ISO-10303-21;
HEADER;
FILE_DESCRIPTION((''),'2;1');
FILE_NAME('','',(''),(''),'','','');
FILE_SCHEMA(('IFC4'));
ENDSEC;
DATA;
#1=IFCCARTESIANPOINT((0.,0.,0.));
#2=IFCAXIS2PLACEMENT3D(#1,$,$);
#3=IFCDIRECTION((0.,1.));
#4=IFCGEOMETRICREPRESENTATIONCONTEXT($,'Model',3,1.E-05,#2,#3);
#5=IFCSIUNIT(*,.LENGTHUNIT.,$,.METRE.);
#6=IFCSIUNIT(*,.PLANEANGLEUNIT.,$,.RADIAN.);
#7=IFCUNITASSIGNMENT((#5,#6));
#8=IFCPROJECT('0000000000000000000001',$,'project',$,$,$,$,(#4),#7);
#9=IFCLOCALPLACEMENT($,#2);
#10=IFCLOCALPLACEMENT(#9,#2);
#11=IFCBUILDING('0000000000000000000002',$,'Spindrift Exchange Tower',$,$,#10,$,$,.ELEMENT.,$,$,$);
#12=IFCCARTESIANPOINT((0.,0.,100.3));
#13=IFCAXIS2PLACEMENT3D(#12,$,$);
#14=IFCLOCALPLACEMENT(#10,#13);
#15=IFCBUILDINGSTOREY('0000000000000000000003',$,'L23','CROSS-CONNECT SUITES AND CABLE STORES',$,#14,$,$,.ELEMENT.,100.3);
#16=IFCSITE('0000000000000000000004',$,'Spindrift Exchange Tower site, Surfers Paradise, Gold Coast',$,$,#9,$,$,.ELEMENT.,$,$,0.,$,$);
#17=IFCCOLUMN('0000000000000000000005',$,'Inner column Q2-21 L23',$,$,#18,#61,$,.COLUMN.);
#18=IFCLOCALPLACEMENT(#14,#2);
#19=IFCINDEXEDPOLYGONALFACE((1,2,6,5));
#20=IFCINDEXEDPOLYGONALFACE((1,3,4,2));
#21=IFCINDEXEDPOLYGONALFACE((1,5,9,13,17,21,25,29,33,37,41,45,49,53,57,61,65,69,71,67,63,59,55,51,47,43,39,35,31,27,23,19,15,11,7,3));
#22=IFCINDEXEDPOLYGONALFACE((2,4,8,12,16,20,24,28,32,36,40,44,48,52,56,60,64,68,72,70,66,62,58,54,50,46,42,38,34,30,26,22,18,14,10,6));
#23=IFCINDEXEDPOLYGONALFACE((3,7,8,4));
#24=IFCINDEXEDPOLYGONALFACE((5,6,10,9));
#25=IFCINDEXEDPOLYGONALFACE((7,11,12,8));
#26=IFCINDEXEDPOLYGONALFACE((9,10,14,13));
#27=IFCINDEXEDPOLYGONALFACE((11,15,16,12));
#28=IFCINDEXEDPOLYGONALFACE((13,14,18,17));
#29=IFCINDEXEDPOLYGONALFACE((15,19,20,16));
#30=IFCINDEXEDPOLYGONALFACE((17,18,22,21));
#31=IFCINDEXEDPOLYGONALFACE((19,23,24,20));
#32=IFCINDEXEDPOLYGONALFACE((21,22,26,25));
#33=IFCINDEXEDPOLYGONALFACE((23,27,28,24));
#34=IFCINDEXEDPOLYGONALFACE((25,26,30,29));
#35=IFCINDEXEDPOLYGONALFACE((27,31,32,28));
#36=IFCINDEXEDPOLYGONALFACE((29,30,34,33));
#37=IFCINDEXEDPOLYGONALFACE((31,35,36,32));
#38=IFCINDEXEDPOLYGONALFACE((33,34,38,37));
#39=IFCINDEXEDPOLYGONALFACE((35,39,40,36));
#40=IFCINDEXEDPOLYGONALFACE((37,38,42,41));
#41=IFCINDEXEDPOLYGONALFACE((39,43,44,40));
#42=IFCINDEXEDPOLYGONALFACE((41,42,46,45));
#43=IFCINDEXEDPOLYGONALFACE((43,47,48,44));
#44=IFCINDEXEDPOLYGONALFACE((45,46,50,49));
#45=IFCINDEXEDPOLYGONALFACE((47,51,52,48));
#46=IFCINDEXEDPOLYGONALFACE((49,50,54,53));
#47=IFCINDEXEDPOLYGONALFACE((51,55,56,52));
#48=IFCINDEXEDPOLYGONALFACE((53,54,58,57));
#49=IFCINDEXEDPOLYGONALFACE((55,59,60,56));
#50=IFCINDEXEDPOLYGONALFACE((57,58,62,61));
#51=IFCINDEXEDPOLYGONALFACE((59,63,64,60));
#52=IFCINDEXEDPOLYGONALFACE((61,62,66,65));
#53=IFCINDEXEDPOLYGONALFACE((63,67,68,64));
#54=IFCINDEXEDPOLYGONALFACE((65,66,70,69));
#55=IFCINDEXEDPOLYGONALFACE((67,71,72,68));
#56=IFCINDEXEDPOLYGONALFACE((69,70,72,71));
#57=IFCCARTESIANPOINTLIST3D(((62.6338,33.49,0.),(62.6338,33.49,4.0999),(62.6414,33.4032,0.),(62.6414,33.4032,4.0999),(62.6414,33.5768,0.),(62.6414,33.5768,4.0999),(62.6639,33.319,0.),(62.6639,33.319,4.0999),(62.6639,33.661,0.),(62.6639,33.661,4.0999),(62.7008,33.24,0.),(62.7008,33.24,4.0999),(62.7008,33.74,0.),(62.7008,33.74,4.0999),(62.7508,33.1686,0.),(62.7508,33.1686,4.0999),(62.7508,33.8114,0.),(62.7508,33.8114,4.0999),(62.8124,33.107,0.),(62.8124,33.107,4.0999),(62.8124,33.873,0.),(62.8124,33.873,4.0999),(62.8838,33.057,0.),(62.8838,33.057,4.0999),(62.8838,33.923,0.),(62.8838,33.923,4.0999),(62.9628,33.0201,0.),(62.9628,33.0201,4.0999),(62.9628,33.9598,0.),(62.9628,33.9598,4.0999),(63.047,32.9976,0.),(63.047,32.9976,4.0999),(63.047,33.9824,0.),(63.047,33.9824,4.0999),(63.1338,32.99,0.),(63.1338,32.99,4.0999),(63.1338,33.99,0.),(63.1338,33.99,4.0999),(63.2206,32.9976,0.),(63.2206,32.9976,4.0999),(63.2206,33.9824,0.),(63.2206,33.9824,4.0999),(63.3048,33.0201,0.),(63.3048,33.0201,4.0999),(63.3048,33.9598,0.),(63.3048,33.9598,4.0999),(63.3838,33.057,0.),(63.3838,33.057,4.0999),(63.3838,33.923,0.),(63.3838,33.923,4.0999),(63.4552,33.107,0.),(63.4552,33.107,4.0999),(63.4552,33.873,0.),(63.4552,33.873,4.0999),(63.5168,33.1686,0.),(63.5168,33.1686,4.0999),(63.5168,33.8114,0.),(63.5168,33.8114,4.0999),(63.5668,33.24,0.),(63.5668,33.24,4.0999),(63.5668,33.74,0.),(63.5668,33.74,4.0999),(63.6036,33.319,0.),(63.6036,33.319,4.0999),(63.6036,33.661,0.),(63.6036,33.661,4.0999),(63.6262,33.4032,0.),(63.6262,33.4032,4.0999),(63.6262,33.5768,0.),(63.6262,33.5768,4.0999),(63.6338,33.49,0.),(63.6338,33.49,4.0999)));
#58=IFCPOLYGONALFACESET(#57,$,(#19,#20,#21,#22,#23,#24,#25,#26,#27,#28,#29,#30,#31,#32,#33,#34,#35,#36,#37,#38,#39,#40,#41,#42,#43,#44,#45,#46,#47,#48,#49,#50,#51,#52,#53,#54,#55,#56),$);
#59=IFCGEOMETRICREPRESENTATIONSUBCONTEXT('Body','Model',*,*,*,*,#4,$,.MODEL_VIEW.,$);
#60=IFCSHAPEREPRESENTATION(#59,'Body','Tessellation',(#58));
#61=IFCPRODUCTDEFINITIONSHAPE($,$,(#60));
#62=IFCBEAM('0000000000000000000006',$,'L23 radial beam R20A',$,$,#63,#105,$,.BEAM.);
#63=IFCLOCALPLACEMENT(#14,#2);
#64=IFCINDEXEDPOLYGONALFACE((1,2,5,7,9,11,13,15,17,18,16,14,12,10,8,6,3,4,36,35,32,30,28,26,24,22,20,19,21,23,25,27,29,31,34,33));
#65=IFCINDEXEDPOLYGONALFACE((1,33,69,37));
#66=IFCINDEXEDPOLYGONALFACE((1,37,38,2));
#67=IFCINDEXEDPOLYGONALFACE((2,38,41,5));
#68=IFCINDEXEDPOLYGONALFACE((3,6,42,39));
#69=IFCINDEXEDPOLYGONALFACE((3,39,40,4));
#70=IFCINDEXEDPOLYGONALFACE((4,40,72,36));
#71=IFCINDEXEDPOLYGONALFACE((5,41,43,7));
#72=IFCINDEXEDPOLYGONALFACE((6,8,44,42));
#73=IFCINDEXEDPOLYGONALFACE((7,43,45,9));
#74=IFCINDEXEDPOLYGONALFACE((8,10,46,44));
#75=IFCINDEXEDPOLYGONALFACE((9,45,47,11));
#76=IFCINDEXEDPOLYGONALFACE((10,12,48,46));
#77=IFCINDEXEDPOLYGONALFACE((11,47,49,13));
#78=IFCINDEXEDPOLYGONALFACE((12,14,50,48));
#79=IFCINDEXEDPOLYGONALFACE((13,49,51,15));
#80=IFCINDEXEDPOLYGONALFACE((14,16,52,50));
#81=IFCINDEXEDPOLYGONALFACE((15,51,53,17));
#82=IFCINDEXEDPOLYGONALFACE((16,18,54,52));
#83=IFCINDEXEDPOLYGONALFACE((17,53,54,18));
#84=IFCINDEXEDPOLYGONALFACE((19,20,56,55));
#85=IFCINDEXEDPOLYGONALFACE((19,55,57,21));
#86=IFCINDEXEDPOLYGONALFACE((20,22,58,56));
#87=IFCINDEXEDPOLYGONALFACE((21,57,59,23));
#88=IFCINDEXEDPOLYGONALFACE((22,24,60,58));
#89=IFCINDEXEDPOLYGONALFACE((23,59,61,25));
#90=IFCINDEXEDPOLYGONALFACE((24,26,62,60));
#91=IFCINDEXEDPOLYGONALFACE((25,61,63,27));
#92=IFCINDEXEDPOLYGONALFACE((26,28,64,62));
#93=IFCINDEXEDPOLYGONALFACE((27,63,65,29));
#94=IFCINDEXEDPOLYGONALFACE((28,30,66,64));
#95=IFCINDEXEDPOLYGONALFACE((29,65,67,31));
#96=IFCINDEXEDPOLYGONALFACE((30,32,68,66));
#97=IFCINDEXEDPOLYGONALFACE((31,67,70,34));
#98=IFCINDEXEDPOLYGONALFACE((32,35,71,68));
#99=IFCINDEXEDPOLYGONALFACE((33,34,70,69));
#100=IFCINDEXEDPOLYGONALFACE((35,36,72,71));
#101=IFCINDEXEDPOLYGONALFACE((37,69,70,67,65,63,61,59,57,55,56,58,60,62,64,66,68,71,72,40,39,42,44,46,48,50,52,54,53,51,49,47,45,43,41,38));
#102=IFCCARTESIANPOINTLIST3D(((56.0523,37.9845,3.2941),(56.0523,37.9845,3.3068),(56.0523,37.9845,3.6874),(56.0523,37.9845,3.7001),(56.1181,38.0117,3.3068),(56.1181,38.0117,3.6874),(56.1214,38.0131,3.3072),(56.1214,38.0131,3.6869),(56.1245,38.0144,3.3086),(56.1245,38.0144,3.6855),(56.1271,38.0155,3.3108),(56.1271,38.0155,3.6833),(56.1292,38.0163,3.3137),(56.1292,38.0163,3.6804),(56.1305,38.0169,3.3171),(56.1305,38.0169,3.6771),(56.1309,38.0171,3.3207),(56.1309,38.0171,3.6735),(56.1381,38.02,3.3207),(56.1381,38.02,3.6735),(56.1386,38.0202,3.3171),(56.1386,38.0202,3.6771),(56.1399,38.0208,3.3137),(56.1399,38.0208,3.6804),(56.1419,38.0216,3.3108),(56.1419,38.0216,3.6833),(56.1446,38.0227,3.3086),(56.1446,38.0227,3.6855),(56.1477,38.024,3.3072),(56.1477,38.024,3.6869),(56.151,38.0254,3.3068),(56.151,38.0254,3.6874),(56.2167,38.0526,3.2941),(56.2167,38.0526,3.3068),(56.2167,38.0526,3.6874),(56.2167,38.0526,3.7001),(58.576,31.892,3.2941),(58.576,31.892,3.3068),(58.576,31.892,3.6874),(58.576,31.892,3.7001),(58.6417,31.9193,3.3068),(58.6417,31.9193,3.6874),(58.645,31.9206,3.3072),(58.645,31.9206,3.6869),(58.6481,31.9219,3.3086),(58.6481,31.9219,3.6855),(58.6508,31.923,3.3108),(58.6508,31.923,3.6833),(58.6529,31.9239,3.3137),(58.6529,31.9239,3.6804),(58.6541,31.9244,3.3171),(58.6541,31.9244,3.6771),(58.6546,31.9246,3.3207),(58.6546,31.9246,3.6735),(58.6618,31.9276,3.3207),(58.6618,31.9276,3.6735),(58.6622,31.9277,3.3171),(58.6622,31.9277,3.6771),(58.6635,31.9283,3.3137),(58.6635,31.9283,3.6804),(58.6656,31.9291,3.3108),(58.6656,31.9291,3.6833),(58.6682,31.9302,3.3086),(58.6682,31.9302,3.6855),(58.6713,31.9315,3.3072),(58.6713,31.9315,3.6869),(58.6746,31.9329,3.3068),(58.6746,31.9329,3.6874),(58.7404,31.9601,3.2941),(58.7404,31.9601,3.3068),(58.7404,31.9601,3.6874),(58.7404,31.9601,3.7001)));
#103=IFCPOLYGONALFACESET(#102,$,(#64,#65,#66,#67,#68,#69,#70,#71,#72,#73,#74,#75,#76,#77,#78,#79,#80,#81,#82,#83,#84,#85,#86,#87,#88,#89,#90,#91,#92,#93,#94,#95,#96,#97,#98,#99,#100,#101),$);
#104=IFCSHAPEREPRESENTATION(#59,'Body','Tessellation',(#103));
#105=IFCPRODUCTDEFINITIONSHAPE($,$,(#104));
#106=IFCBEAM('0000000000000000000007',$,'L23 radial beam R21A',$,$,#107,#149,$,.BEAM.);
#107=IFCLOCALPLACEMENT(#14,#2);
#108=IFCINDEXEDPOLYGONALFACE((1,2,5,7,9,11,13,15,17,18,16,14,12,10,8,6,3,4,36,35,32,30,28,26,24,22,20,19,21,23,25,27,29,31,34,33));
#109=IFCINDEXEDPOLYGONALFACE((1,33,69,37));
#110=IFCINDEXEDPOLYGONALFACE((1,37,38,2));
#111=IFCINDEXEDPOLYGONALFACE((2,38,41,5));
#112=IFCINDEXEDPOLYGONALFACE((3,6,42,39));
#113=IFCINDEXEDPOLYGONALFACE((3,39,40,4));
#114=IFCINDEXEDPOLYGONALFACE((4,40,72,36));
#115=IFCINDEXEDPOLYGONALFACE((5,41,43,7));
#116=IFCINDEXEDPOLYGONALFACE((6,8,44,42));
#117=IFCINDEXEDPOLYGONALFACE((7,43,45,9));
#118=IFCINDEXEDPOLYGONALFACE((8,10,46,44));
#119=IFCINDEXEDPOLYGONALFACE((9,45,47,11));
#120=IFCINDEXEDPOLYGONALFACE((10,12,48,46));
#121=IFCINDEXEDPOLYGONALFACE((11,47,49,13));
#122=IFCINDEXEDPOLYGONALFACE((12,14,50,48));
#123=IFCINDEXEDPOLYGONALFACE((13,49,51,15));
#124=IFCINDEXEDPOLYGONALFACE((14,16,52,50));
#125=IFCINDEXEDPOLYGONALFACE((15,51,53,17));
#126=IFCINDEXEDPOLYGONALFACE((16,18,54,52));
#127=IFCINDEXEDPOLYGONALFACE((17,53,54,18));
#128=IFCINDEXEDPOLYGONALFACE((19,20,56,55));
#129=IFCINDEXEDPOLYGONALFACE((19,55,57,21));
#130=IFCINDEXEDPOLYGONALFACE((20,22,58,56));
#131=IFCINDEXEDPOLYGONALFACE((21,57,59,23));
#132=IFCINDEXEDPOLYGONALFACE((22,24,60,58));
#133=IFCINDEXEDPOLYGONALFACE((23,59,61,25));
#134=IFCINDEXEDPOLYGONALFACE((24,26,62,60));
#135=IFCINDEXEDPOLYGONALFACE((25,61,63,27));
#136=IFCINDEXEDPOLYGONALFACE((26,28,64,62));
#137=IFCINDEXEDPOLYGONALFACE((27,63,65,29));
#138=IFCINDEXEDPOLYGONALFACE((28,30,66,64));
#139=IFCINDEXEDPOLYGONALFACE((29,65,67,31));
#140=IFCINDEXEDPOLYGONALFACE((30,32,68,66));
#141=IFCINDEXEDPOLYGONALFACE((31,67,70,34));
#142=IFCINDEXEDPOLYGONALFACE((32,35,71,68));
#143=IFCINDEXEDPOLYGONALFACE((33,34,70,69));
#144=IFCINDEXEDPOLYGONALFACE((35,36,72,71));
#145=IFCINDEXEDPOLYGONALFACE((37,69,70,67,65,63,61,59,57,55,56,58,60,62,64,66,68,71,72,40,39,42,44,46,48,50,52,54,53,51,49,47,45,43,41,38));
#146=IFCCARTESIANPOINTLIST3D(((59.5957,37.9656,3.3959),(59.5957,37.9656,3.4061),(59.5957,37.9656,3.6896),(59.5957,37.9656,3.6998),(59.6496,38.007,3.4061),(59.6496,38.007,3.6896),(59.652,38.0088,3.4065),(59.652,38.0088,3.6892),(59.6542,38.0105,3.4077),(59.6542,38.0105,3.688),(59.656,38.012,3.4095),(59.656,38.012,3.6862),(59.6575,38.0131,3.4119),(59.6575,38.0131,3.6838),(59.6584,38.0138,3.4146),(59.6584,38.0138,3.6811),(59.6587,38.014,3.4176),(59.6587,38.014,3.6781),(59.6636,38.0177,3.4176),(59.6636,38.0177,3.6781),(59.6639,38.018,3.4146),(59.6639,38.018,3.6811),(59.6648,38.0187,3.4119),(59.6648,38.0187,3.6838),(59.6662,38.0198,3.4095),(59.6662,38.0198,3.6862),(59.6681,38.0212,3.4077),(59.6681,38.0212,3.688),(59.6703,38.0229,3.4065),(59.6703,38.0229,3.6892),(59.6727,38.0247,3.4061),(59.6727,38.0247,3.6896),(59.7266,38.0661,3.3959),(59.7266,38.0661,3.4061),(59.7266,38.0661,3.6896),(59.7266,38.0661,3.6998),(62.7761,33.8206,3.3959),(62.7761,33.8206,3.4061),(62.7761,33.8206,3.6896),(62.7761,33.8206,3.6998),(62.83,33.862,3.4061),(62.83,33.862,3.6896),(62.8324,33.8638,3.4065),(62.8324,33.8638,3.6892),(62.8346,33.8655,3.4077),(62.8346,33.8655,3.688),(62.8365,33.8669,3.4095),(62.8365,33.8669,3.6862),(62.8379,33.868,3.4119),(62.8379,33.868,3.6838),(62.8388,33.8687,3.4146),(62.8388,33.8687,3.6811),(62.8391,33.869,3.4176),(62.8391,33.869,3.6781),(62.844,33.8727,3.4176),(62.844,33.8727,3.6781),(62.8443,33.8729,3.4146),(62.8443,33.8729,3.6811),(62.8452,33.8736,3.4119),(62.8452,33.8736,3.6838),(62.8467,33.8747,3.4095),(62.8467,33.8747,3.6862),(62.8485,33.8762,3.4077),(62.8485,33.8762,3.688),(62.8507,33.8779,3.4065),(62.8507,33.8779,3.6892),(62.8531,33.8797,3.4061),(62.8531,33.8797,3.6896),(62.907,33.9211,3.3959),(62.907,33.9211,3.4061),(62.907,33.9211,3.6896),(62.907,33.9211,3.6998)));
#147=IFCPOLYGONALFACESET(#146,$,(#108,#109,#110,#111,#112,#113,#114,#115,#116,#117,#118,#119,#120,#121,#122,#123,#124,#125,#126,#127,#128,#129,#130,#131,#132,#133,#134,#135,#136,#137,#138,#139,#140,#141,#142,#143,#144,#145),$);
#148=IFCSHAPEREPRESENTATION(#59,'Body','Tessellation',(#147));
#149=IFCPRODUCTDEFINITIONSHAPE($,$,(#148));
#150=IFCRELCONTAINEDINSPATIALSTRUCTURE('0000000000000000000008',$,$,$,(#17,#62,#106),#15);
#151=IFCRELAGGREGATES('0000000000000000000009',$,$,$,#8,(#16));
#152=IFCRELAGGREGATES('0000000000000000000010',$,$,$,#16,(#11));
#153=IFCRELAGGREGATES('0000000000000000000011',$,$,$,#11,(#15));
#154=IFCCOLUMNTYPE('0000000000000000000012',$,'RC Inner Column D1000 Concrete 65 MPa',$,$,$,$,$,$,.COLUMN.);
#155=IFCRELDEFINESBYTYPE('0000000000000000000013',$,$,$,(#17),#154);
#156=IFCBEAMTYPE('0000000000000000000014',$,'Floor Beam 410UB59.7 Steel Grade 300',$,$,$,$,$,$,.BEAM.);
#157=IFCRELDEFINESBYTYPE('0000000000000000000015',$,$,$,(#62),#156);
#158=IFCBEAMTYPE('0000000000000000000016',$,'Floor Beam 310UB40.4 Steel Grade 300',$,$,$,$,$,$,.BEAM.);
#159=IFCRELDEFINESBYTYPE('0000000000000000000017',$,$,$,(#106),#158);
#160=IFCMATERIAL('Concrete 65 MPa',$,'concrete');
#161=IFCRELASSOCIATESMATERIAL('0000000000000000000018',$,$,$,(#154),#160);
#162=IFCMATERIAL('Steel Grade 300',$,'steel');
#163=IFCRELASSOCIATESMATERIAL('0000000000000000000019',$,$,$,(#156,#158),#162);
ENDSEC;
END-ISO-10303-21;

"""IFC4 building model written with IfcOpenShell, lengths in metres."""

from ifc_helpers import new_model, si_unit, direction, frame, origin, origin_2d, place, context, subcontext, project, spatial, circle, i_section, extrude, source, transform, mapped, material, material_profile, profile_set, type_object, element, save


model = new_model("IFC4")

# Units and contexts
model_context = context("Model", 3, precision=1e-05, world=origin(), true_north=direction((0.0, 1.0)))
body_context = subcontext(model_context, "Body", "Model", "MODEL_VIEW")
ifc_project = project(units=[si_unit("LENGTHUNIT", "METRE"), si_unit("PLANEANGLEUNIT", "RADIAN")], contexts=[model_context])

# Site, building, storey
site_placement = place(None, origin())
site = spatial("IfcSite", under=ifc_project, at=site_placement, Name="Spindrift Exchange Tower site, Surfers Paradise, Gold Coast", CompositionType="ELEMENT", RefElevation=0.0)
building_placement = place(site_placement, origin())
building = spatial("IfcBuilding", under=site, at=building_placement, Name="Spindrift Exchange Tower", CompositionType="ELEMENT")
storey_placement = place(building_placement, frame((0.0, 0.0, 100.3)))
storey = spatial("IfcBuildingStorey", under=building, at=storey_placement, Name="L23", Description="CROSS-CONNECT SUITES AND CABLE STORES", CompositionType="ELEMENT", Elevation=100.3)

# Column
ifc_material_1 = material(Name="Concrete 65 MPa", Category="concrete")
ifc_material_profile_1 = material_profile(ifc_material_1, circle(Radius=0.5, at=origin_2d()), Name="RC D1000")
ifc_profile_set_1 = profile_set([ifc_material_profile_1], Name="Concrete 65 MPa")
column_type = type_object("IfcColumnType", Name="RC Inner Column D1000 Concrete 65 MPa", PredefinedType="COLUMN", material=ifc_profile_set_1)
shared_shape_1 = source(origin(), body_context, "Body", "SweptSolid", [
    extrude(circle(Radius=0.5, at=origin_2d()), origin(), (0.0, 0.0, 1.0), 4.0999),
])
column_placement = place(storey_placement, frame((63.1338, 33.49, 0.0), z_axis=(0.0, 0.0, 1.0), x_axis=(1.0, 0.0, 0.0)))
element("IfcColumn", 1, at=column_placement, inside=storey, type_object=column_type, Name="Inner column Q2-21 L23", PredefinedType="COLUMN", context=body_context, shape_type="MappedRepresentation", body=[
    mapped(shared_shape_1, transform((0.0, 0.0, 0.0), scale=1.0)),
])

# Beams
ifc_material_2 = material(Name="Steel Grade 300", Category="steel")
ifc_material_profile_2 = material_profile(ifc_material_2, i_section(OverallWidth=0.178, OverallDepth=0.406, WebThickness=0.0078, FlangeThickness=0.0127, FilletRadius=0.0139, at=origin_2d()), Name="410UB59.7")
ifc_profile_set_2 = profile_set([ifc_material_profile_2], Name="Steel Grade 300")
beam_type_1 = type_object("IfcBeamType", Name="Floor Beam 410UB59.7 Steel Grade 300", PredefinedType="BEAM", material=ifc_profile_set_2)
shared_shape_2 = source(origin(), body_context, "Body", "SweptSolid", [
    extrude(i_section(OverallWidth=0.178, OverallDepth=0.406, WebThickness=0.0078, FlangeThickness=0.0127, FilletRadius=0.0139, at=origin_2d()), origin(), (0.0, 0.0, 1.0), 6.5945),
])
beam_1_placement = place(storey_placement, frame((56.1345, 38.0186, 3.4971), z_axis=(0.382693, -0.923876, 0.0), x_axis=(0.923876, 0.382693, 0.0)))
element("IfcBeam", 2, at=beam_1_placement, inside=storey, type_object=beam_type_1, Name="L23 radial beam R20A", PredefinedType="BEAM", context=body_context, shape_type="MappedRepresentation", body=[
    mapped(shared_shape_2, transform((0.0, 0.0, 0.0), scale=1.0)),
])
ifc_material_profile_3 = material_profile(ifc_material_2, i_section(OverallWidth=0.165, OverallDepth=0.304, WebThickness=0.0061, FlangeThickness=0.0103, FilletRadius=0.0115, at=origin_2d()), Name="310UB40.4")
ifc_profile_set_3 = profile_set([ifc_material_profile_3], Name="Steel Grade 300")
beam_type_2 = type_object("IfcBeamType", Name="Floor Beam 310UB40.4 Steel Grade 300", PredefinedType="BEAM", material=ifc_profile_set_3)
shared_shape_3 = source(origin(), body_context, "Body", "SweptSolid", [
    extrude(i_section(OverallWidth=0.165, OverallDepth=0.304, WebThickness=0.0061, FlangeThickness=0.0103, FilletRadius=0.0115, at=origin_2d()), origin(), (0.0, 0.0, 1.0), 5.2246),
])
beam_2_placement = place(storey_placement, frame((59.6611, 38.0159, 3.5479), z_axis=(0.608741, -0.793369, 0.0), x_axis=(0.793369, 0.608741, 0.0)))
element("IfcBeam", 3, at=beam_2_placement, inside=storey, type_object=beam_type_2, Name="L23 radial beam R21A", PredefinedType="BEAM", context=body_context, shape_type="MappedRepresentation", body=[
    mapped(shared_shape_3, transform((0.0, 0.0, 0.0), scale=1.0)),
])

save(model, "model.ifc")
